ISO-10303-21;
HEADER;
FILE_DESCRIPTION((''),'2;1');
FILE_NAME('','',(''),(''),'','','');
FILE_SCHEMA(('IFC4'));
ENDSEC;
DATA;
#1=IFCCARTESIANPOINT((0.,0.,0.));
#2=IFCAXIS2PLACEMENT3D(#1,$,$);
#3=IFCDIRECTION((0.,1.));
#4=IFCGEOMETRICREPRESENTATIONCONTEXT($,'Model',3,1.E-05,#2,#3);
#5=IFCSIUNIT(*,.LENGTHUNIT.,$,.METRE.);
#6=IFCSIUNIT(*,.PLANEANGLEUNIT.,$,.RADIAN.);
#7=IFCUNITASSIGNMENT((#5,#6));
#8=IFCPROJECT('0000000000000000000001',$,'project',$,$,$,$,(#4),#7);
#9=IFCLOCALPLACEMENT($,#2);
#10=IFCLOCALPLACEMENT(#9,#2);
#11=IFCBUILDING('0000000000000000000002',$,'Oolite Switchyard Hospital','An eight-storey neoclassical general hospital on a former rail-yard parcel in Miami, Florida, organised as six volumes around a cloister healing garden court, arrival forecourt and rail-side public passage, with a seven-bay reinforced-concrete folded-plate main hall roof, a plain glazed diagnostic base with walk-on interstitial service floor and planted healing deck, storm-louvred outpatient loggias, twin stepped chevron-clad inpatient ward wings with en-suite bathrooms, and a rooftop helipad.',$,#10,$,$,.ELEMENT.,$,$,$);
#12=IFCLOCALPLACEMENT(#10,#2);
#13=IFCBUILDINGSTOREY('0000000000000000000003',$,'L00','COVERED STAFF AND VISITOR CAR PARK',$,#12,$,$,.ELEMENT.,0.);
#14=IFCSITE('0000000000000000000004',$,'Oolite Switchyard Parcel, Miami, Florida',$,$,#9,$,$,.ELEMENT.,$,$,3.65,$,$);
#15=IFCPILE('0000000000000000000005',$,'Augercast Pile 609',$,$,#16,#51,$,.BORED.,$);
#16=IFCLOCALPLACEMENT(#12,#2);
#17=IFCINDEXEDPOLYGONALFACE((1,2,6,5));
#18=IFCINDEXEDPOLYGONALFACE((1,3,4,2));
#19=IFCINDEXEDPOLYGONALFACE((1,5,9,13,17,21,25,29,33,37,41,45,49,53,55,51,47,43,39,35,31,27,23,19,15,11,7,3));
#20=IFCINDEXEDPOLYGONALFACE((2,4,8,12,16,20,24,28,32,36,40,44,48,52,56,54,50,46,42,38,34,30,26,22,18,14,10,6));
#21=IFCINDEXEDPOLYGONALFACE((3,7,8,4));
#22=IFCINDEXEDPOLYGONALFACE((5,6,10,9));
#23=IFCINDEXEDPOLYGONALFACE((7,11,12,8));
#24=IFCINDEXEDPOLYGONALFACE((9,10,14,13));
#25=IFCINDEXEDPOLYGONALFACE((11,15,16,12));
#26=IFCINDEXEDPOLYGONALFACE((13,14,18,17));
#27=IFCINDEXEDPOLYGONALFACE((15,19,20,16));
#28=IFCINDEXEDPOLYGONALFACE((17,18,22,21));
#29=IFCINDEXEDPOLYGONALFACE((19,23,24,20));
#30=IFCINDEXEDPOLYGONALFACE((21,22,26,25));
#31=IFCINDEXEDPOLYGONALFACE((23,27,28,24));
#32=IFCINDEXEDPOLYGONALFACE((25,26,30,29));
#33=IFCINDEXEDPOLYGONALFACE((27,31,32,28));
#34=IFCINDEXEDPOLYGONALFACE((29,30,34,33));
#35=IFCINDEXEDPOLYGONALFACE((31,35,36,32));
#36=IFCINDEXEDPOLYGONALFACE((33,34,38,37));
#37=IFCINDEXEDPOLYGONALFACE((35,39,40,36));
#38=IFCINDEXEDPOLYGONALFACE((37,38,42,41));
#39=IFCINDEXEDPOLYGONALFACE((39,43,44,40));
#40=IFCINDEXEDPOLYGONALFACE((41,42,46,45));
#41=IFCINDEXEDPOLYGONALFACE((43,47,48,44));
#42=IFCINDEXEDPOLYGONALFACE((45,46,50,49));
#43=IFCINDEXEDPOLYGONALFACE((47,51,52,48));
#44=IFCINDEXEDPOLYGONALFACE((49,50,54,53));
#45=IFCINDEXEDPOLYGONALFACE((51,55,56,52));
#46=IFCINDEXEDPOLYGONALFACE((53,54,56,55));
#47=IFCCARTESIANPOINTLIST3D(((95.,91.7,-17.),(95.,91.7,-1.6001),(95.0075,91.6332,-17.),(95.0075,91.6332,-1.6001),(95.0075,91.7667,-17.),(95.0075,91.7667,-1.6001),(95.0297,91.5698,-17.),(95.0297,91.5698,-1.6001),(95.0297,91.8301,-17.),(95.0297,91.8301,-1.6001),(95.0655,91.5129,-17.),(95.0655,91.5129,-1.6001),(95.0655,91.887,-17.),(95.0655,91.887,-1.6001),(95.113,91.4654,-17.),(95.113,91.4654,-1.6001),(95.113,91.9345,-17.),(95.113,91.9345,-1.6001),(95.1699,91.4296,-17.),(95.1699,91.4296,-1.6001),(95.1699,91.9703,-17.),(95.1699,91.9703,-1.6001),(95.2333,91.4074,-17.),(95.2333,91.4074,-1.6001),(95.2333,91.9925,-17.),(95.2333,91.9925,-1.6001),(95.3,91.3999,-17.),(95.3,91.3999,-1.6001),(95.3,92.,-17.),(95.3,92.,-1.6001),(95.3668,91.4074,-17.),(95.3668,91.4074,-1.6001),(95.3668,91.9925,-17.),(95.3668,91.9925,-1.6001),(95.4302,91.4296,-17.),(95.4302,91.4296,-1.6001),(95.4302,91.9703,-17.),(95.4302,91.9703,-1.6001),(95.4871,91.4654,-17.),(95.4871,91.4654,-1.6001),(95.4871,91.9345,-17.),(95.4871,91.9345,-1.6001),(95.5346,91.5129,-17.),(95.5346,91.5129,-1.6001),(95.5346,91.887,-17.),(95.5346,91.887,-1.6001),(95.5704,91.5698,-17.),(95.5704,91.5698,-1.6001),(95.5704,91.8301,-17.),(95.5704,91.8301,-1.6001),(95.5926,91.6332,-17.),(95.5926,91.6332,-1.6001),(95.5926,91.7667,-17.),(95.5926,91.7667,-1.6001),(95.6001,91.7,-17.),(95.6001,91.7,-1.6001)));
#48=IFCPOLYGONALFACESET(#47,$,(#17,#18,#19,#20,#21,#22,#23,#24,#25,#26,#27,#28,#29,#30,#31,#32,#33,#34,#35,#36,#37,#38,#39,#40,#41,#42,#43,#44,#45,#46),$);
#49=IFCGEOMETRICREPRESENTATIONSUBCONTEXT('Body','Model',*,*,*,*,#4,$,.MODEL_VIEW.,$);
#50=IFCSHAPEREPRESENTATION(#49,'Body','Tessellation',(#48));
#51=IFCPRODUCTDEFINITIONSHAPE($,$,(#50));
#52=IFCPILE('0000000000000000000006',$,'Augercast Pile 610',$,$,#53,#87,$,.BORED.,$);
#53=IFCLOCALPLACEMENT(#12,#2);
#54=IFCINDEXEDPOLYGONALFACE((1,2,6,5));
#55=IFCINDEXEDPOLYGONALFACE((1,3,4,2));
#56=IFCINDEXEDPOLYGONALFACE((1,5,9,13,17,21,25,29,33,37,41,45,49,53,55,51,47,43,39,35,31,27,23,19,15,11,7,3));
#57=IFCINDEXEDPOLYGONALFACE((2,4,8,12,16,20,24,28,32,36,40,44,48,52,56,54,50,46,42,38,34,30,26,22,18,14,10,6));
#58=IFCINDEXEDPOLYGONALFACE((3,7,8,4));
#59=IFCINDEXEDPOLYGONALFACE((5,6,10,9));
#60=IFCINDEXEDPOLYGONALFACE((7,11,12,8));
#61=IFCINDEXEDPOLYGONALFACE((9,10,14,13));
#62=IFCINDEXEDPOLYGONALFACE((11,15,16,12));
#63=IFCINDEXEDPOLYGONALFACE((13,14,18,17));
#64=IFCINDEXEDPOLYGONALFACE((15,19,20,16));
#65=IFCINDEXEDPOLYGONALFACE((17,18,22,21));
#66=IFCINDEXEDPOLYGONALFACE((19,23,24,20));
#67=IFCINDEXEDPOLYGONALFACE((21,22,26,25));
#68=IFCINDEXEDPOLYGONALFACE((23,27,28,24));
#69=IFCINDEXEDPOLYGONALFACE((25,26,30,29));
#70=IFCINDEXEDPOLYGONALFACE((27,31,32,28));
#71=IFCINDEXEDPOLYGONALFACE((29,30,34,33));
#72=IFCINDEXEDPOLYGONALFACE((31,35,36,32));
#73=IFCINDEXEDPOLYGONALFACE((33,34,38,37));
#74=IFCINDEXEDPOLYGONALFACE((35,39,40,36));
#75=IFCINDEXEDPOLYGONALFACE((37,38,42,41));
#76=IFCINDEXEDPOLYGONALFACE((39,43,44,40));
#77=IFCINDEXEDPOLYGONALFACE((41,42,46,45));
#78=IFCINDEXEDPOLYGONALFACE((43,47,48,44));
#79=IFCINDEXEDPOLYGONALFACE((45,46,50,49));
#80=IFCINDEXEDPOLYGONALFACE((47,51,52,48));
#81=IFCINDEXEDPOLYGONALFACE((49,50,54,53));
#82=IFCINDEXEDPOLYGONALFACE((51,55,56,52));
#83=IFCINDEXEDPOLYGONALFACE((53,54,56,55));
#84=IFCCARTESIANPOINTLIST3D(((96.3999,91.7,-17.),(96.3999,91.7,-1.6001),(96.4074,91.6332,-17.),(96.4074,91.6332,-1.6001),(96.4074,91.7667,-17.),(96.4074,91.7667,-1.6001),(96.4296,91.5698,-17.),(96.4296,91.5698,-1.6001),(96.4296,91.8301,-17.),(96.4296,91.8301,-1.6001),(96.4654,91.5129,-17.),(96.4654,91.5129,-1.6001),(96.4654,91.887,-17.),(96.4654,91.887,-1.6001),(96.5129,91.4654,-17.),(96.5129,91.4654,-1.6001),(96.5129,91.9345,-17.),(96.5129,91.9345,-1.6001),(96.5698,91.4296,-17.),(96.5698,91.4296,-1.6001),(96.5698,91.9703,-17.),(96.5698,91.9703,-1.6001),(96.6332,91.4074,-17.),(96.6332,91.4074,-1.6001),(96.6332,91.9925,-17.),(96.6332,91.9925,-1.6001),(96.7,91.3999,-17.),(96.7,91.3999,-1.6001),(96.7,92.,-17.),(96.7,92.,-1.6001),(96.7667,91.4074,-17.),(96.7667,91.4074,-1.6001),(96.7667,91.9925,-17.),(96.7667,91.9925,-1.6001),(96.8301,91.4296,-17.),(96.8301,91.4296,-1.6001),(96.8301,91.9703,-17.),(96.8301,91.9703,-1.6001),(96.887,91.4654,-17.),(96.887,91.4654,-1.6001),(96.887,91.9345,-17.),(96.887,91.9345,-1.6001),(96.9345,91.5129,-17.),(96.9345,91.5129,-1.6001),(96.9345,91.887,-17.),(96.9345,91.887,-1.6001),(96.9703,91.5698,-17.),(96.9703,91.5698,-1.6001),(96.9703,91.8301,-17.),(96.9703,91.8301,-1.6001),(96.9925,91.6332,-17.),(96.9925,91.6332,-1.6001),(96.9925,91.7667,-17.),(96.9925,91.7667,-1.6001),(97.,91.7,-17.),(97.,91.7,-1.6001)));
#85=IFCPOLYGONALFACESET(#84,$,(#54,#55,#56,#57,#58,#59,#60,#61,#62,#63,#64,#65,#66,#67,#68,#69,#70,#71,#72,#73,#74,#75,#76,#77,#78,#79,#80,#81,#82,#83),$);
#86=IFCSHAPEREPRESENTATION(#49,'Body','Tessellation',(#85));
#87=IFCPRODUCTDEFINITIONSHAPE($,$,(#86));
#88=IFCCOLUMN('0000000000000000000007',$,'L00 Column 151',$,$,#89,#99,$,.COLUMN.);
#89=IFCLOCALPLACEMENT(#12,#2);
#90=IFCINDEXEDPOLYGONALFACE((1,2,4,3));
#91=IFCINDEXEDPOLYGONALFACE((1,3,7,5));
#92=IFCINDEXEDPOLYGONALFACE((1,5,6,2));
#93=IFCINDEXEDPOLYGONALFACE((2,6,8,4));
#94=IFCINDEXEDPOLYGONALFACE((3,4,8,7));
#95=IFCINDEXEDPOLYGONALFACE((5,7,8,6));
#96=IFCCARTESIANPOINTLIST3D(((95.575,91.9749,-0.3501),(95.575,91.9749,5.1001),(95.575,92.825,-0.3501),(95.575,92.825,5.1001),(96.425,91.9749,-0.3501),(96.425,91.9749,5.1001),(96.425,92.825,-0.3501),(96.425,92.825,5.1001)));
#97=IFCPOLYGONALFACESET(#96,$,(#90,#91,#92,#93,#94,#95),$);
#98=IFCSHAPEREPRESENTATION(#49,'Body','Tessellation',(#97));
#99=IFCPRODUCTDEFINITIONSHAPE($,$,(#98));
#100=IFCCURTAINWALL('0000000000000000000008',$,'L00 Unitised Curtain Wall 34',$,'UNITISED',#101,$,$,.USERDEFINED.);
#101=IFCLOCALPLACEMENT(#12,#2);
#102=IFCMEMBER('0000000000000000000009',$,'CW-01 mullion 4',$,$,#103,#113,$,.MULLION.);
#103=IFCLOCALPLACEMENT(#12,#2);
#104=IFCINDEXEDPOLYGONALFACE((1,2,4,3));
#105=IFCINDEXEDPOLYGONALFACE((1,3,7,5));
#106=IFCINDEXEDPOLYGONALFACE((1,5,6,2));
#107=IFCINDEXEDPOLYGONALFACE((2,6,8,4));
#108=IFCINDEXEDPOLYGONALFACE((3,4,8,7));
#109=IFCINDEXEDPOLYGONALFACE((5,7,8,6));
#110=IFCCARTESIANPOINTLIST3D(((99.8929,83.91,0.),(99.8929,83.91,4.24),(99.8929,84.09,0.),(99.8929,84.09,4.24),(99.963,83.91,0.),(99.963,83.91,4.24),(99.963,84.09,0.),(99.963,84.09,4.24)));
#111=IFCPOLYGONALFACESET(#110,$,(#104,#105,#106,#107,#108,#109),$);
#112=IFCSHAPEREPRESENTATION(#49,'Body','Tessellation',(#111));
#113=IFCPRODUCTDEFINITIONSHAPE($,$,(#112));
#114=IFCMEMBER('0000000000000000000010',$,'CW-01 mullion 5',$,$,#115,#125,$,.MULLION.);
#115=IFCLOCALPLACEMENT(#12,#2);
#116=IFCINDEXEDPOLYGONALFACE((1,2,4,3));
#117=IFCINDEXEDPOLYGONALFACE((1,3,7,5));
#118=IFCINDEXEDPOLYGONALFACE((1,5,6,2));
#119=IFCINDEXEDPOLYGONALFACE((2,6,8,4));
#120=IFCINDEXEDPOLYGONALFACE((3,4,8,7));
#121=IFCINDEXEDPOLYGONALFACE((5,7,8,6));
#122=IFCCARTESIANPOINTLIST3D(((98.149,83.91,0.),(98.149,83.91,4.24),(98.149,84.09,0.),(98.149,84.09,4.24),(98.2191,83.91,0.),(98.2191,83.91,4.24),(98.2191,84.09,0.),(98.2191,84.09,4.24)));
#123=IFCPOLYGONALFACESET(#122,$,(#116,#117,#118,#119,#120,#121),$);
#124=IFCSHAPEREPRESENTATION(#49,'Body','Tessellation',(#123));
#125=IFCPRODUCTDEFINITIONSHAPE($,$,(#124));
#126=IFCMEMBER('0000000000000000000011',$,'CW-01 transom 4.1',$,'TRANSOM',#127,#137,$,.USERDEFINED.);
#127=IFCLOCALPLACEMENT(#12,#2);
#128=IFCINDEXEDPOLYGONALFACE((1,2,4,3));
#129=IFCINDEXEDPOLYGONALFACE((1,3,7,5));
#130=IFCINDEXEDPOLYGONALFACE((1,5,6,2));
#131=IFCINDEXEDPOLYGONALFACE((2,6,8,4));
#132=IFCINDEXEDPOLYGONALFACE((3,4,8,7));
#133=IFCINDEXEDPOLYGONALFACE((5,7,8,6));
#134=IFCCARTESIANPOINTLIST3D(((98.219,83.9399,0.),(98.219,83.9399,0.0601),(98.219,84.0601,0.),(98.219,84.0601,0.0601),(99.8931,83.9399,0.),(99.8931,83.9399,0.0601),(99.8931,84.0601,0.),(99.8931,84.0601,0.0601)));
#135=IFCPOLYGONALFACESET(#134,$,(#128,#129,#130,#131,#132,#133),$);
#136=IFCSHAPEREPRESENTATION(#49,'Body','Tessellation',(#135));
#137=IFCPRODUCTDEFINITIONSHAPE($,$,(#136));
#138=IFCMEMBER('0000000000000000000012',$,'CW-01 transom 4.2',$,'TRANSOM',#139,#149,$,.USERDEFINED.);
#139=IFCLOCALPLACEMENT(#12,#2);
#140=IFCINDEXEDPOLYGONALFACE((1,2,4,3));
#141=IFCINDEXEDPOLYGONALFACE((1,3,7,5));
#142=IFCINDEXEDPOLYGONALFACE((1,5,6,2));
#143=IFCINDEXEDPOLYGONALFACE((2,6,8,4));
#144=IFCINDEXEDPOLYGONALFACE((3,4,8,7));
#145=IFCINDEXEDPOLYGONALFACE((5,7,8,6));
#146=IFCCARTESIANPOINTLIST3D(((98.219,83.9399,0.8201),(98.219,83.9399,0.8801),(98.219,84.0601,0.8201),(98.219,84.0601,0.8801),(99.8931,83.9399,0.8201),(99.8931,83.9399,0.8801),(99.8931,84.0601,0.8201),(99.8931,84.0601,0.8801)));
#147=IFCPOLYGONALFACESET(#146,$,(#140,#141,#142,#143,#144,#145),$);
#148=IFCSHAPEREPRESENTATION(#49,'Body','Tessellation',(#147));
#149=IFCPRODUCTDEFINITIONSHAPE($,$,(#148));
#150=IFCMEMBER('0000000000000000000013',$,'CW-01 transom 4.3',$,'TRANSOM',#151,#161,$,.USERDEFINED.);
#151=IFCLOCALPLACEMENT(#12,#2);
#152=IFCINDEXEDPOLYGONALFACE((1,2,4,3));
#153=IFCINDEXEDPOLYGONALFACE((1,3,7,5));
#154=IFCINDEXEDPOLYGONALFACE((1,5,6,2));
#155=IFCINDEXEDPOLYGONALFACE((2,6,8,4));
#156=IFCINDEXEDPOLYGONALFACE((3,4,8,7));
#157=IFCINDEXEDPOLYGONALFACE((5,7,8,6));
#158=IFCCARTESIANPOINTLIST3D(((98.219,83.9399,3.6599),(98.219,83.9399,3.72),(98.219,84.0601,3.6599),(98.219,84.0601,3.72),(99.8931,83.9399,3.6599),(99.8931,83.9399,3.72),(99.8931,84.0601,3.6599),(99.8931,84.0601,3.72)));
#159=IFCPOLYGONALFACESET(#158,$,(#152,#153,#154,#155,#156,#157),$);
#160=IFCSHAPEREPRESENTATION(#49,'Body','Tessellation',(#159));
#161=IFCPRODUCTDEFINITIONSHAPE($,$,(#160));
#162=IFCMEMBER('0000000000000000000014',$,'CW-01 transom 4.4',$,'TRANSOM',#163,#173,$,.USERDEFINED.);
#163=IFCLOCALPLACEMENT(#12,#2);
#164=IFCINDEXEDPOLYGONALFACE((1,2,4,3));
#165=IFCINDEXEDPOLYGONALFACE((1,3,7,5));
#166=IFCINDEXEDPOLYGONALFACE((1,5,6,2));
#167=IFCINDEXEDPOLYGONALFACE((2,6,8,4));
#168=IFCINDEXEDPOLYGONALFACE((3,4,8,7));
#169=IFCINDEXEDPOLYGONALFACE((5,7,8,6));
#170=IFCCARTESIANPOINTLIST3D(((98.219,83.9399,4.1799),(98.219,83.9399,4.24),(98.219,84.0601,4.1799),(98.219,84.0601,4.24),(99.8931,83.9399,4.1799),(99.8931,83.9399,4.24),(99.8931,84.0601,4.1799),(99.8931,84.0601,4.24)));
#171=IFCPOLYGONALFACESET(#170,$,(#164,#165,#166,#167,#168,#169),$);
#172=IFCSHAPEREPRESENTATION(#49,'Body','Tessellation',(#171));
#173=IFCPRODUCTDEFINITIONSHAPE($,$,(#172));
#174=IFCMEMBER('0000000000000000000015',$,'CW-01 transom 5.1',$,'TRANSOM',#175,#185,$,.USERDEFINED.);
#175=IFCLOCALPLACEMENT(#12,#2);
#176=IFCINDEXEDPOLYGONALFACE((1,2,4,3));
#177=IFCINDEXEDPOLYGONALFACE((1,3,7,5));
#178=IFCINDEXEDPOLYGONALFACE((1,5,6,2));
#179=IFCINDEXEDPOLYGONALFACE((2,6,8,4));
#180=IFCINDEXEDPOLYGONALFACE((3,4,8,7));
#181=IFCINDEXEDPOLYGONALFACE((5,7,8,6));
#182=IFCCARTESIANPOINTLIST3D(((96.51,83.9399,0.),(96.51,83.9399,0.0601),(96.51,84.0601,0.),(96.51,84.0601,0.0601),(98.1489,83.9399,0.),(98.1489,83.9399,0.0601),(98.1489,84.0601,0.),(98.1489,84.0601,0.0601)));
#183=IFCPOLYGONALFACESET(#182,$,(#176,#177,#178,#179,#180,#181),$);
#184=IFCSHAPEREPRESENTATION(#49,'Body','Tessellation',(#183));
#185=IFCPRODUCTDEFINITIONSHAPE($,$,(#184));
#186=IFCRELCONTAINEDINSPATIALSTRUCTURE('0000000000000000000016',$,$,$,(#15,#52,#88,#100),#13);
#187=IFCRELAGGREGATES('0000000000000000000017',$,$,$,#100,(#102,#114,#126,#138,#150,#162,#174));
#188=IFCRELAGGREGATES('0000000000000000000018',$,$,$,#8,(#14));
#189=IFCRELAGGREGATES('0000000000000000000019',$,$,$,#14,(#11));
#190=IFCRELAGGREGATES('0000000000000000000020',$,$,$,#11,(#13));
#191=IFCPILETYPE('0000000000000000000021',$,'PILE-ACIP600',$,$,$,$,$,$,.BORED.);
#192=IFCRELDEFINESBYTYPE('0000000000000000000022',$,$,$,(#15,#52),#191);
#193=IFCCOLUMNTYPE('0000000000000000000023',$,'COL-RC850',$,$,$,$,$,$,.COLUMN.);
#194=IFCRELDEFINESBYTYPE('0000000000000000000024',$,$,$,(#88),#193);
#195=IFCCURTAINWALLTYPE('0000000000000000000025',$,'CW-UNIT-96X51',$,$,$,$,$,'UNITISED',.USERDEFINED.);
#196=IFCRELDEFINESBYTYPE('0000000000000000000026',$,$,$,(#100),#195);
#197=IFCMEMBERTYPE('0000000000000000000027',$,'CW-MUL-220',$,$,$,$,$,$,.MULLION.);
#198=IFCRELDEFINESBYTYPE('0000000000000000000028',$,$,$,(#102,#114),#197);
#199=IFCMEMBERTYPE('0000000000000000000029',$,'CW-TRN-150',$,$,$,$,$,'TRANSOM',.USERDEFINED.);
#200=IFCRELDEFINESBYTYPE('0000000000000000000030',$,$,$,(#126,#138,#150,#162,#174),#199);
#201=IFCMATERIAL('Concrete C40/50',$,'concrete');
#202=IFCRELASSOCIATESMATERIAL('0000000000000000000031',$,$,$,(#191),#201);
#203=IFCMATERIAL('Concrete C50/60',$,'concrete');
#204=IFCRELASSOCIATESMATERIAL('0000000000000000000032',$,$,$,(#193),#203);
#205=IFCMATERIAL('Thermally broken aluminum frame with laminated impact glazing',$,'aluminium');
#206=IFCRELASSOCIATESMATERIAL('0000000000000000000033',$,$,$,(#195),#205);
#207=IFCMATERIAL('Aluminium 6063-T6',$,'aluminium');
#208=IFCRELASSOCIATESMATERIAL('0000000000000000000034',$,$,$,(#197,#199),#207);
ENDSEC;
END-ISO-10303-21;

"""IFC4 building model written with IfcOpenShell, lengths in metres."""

from ifc_helpers import new_model, si_unit, direction, frame, origin, origin_2d, place, context, subcontext, project, spatial, rectangle, circle, extrude, material, material_profile, profile_set, type_object, element, aggregate, save


model = new_model("IFC4")

# Units and contexts
model_context = context("Model", 3, precision=1e-05, world=origin(), true_north=direction((0.0, 1.0)))
body_context = subcontext(model_context, "Body", "Model", "MODEL_VIEW")
ifc_project = project(units=[si_unit("LENGTHUNIT", "METRE"), si_unit("PLANEANGLEUNIT", "RADIAN")], contexts=[model_context])

# Site, building, storey
site_placement = place(None, origin())
site = spatial("IfcSite", under=ifc_project, at=site_placement, Name="Oolite Switchyard Parcel, Miami, Florida", CompositionType="ELEMENT", RefElevation=3.65)
building_placement = place(site_placement, origin())
building = spatial("IfcBuilding", under=site, at=building_placement, Name="Oolite Switchyard Hospital", Description="An eight-storey neoclassical general hospital on a former rail-yard parcel in Miami, Florida, organised as six volumes around a cloister healing garden court, arrival forecourt and rail-side public passage, with a seven-bay reinforced-concrete folded-plate main hall roof, a plain glazed diagnostic base with walk-on interstitial service floor and planted healing deck, storm-louvred outpatient loggias, twin stepped chevron-clad inpatient ward wings with en-suite bathrooms, and a rooftop helipad.", CompositionType="ELEMENT")
storey_placement = place(building_placement, origin())
storey = spatial("IfcBuildingStorey", under=building, at=storey_placement, Name="L00", Description="COVERED STAFF AND VISITOR CAR PARK", CompositionType="ELEMENT", Elevation=0.0)

# Shared definitions
ifc_material_1 = material(Name="Concrete C40/50", Category="concrete")

# Piles
ifc_material_profile_1 = material_profile(ifc_material_1, circle(Radius=0.3, at=origin_2d()), Name="PILE600")
ifc_profile_set_1 = profile_set([ifc_material_profile_1], Name="Concrete C40/50")
pile_type = type_object("IfcPileType", Name="PILE-ACIP600", PredefinedType="BORED", material=ifc_profile_set_1)
for number, where, z_axis, x_axis, name in (
    (1, (95.3, 91.7, -1.6001), (0.0, 0.0, -1.0), (1.0, 0.0, 0.0), "Augercast Pile 609"),
    (2, (96.7, 91.7, -1.6001), (0.0, 0.0, -1.0), (1.0, 0.0, 0.0), "Augercast Pile 610"),
):
    element("IfcPile", number, at=place(storey_placement, frame(where, z_axis=z_axis, x_axis=x_axis)), inside=storey, type_object=pile_type, Name=name, PredefinedType="BORED", context=body_context, shape_type="SweptSolid", body=[
        extrude(circle(Radius=0.3, at=origin_2d()), origin(), (0.0, 0.0, 1.0), 15.3999),
    ])

# Column
ifc_material_2 = material(Name="Concrete C50/60", Category="concrete")
ifc_material_profile_2 = material_profile(ifc_material_2, rectangle(XDim=0.8501, YDim=0.8501, at=origin_2d()), Name="RC850X850")
ifc_profile_set_2 = profile_set([ifc_material_profile_2], Name="Concrete C50/60")
column_type = type_object("IfcColumnType", Name="COL-RC850", PredefinedType="COLUMN", material=ifc_profile_set_2)
column_placement = place(storey_placement, frame((96.0, 92.3999, -0.3501), z_axis=(0.0, 0.0, 1.0), x_axis=(1.0, 0.0, 0.0)))
element("IfcColumn", 3, at=column_placement, inside=storey, type_object=column_type, Name="L00 Column 151", PredefinedType="COLUMN", context=body_context, shape_type="SweptSolid", body=[
    extrude(rectangle(XDim=0.8501, YDim=0.8501, at=origin_2d()), origin(), (0.0, 0.0, 1.0), 5.4502),
])

# Curtain wall, members
ifc_material_3 = material(Name="Thermally broken aluminum frame with laminated impact glazing", Category="aluminium")
curtain_wall_type = type_object("IfcCurtainWallType", Name="CW-UNIT-96X51", ElementType="UNITISED", PredefinedType="USERDEFINED", material=ifc_material_3)
curtain_wall_placement = place(storey_placement, origin())
curtain_wall = element("IfcCurtainWall", 4, at=curtain_wall_placement, inside=storey, type_object=curtain_wall_type, Name="L00 Unitised Curtain Wall 34", ObjectType="UNITISED", PredefinedType="USERDEFINED")
ifc_material_4 = material(Name="Aluminium 6063-T6", Category="aluminium")
ifc_material_profile_3 = material_profile(ifc_material_4, rectangle(XDim=0.1799, YDim=0.0701, at=origin_2d()), Name="CWM70X180")
ifc_profile_set_3 = profile_set([ifc_material_profile_3], Name="Aluminium 6063-T6")
member_type_1 = type_object("IfcMemberType", Name="CW-MUL-220", PredefinedType="MULLION", material=ifc_profile_set_3)
member_1_placement = place(storey_placement, frame((99.928, 84.0, 0.0), z_axis=(0.0, 0.0, 1.0), x_axis=(0.0, -1.0, 0.0)))
member_1 = element("IfcMember", 5, at=member_1_placement, type_object=member_type_1, Name="CW-01 mullion 4", PredefinedType="MULLION", context=body_context, shape_type="SweptSolid", body=[
    extrude(rectangle(XDim=0.1799, YDim=0.0701, at=origin_2d()), origin(), (0.0, 0.0, 1.0), 4.24),
])
member_2_placement = place(storey_placement, frame((98.1841, 84.0, 0.0), z_axis=(0.0, 0.0, 1.0), x_axis=(0.0, -1.0, 0.0)))
member_2 = element("IfcMember", 6, at=member_2_placement, type_object=member_type_1, Name="CW-01 mullion 5", PredefinedType="MULLION", context=body_context, shape_type="SweptSolid", body=[
    extrude(rectangle(XDim=0.1799, YDim=0.0701, at=origin_2d()), origin(), (0.0, 0.0, 1.0), 4.24),
])
ifc_material_profile_4 = material_profile(ifc_material_4, rectangle(XDim=0.1201, YDim=0.0601, at=origin_2d()), Name="CWT60X120")
ifc_profile_set_4 = profile_set([ifc_material_profile_4], Name="Aluminium 6063-T6")
member_type_2 = type_object("IfcMemberType", Name="CW-TRN-150", ElementType="TRANSOM", PredefinedType="USERDEFINED", material=ifc_profile_set_4)
member_3_placement = place(storey_placement, frame((99.8931, 84.0, 0.03), z_axis=(-1.0, 0.0, 0.0), x_axis=(0.0, -1.0, 0.0)))
member_3 = element("IfcMember", 7, at=member_3_placement, type_object=member_type_2, Name="CW-01 transom 4.1", ObjectType="TRANSOM", PredefinedType="USERDEFINED", context=body_context, shape_type="SweptSolid", body=[
    extrude(rectangle(XDim=0.1201, YDim=0.0601, at=origin_2d()), origin(), (0.0, 0.0, 1.0), 1.6741),
])
member_4_placement = place(storey_placement, frame((99.8931, 84.0, 0.8501), z_axis=(-1.0, 0.0, 0.0), x_axis=(0.0, -1.0, 0.0)))
member_4 = element("IfcMember", 8, at=member_4_placement, type_object=member_type_2, Name="CW-01 transom 4.2", ObjectType="TRANSOM", PredefinedType="USERDEFINED", context=body_context, shape_type="SweptSolid", body=[
    extrude(rectangle(XDim=0.1201, YDim=0.0601, at=origin_2d()), origin(), (0.0, 0.0, 1.0), 1.6741),
])
member_5_placement = place(storey_placement, frame((99.8931, 84.0, 3.6899), z_axis=(-1.0, 0.0, 0.0), x_axis=(0.0, -1.0, 0.0)))
member_5 = element("IfcMember", 9, at=member_5_placement, type_object=member_type_2, Name="CW-01 transom 4.3", ObjectType="TRANSOM", PredefinedType="USERDEFINED", context=body_context, shape_type="SweptSolid", body=[
    extrude(rectangle(XDim=0.1201, YDim=0.0601, at=origin_2d()), origin(), (0.0, 0.0, 1.0), 1.6741),
])
member_6_placement = place(storey_placement, frame((99.8931, 84.0, 4.21), z_axis=(-1.0, 0.0, 0.0), x_axis=(0.0, -1.0, 0.0)))
member_6 = element("IfcMember", 10, at=member_6_placement, type_object=member_type_2, Name="CW-01 transom 4.4", ObjectType="TRANSOM", PredefinedType="USERDEFINED", context=body_context, shape_type="SweptSolid", body=[
    extrude(rectangle(XDim=0.1201, YDim=0.0601, at=origin_2d()), origin(), (0.0, 0.0, 1.0), 1.6741),
])
member_7_placement = place(storey_placement, frame((98.1489, 84.0, 0.03), z_axis=(-1.0, 0.0, 0.0), x_axis=(0.0, -1.0, 0.0)))
member_7 = element("IfcMember", 11, at=member_7_placement, type_object=member_type_2, Name="CW-01 transom 5.1", ObjectType="TRANSOM", PredefinedType="USERDEFINED", context=body_context, shape_type="SweptSolid", body=[
    extrude(rectangle(XDim=0.1201, YDim=0.0601, at=origin_2d()), origin(), (0.0, 0.0, 1.0), 1.6389),
])
aggregate(curtain_wall, [member_1, member_2, member_3, member_4, member_5, member_6, member_7])

save(model, "model.ifc")
